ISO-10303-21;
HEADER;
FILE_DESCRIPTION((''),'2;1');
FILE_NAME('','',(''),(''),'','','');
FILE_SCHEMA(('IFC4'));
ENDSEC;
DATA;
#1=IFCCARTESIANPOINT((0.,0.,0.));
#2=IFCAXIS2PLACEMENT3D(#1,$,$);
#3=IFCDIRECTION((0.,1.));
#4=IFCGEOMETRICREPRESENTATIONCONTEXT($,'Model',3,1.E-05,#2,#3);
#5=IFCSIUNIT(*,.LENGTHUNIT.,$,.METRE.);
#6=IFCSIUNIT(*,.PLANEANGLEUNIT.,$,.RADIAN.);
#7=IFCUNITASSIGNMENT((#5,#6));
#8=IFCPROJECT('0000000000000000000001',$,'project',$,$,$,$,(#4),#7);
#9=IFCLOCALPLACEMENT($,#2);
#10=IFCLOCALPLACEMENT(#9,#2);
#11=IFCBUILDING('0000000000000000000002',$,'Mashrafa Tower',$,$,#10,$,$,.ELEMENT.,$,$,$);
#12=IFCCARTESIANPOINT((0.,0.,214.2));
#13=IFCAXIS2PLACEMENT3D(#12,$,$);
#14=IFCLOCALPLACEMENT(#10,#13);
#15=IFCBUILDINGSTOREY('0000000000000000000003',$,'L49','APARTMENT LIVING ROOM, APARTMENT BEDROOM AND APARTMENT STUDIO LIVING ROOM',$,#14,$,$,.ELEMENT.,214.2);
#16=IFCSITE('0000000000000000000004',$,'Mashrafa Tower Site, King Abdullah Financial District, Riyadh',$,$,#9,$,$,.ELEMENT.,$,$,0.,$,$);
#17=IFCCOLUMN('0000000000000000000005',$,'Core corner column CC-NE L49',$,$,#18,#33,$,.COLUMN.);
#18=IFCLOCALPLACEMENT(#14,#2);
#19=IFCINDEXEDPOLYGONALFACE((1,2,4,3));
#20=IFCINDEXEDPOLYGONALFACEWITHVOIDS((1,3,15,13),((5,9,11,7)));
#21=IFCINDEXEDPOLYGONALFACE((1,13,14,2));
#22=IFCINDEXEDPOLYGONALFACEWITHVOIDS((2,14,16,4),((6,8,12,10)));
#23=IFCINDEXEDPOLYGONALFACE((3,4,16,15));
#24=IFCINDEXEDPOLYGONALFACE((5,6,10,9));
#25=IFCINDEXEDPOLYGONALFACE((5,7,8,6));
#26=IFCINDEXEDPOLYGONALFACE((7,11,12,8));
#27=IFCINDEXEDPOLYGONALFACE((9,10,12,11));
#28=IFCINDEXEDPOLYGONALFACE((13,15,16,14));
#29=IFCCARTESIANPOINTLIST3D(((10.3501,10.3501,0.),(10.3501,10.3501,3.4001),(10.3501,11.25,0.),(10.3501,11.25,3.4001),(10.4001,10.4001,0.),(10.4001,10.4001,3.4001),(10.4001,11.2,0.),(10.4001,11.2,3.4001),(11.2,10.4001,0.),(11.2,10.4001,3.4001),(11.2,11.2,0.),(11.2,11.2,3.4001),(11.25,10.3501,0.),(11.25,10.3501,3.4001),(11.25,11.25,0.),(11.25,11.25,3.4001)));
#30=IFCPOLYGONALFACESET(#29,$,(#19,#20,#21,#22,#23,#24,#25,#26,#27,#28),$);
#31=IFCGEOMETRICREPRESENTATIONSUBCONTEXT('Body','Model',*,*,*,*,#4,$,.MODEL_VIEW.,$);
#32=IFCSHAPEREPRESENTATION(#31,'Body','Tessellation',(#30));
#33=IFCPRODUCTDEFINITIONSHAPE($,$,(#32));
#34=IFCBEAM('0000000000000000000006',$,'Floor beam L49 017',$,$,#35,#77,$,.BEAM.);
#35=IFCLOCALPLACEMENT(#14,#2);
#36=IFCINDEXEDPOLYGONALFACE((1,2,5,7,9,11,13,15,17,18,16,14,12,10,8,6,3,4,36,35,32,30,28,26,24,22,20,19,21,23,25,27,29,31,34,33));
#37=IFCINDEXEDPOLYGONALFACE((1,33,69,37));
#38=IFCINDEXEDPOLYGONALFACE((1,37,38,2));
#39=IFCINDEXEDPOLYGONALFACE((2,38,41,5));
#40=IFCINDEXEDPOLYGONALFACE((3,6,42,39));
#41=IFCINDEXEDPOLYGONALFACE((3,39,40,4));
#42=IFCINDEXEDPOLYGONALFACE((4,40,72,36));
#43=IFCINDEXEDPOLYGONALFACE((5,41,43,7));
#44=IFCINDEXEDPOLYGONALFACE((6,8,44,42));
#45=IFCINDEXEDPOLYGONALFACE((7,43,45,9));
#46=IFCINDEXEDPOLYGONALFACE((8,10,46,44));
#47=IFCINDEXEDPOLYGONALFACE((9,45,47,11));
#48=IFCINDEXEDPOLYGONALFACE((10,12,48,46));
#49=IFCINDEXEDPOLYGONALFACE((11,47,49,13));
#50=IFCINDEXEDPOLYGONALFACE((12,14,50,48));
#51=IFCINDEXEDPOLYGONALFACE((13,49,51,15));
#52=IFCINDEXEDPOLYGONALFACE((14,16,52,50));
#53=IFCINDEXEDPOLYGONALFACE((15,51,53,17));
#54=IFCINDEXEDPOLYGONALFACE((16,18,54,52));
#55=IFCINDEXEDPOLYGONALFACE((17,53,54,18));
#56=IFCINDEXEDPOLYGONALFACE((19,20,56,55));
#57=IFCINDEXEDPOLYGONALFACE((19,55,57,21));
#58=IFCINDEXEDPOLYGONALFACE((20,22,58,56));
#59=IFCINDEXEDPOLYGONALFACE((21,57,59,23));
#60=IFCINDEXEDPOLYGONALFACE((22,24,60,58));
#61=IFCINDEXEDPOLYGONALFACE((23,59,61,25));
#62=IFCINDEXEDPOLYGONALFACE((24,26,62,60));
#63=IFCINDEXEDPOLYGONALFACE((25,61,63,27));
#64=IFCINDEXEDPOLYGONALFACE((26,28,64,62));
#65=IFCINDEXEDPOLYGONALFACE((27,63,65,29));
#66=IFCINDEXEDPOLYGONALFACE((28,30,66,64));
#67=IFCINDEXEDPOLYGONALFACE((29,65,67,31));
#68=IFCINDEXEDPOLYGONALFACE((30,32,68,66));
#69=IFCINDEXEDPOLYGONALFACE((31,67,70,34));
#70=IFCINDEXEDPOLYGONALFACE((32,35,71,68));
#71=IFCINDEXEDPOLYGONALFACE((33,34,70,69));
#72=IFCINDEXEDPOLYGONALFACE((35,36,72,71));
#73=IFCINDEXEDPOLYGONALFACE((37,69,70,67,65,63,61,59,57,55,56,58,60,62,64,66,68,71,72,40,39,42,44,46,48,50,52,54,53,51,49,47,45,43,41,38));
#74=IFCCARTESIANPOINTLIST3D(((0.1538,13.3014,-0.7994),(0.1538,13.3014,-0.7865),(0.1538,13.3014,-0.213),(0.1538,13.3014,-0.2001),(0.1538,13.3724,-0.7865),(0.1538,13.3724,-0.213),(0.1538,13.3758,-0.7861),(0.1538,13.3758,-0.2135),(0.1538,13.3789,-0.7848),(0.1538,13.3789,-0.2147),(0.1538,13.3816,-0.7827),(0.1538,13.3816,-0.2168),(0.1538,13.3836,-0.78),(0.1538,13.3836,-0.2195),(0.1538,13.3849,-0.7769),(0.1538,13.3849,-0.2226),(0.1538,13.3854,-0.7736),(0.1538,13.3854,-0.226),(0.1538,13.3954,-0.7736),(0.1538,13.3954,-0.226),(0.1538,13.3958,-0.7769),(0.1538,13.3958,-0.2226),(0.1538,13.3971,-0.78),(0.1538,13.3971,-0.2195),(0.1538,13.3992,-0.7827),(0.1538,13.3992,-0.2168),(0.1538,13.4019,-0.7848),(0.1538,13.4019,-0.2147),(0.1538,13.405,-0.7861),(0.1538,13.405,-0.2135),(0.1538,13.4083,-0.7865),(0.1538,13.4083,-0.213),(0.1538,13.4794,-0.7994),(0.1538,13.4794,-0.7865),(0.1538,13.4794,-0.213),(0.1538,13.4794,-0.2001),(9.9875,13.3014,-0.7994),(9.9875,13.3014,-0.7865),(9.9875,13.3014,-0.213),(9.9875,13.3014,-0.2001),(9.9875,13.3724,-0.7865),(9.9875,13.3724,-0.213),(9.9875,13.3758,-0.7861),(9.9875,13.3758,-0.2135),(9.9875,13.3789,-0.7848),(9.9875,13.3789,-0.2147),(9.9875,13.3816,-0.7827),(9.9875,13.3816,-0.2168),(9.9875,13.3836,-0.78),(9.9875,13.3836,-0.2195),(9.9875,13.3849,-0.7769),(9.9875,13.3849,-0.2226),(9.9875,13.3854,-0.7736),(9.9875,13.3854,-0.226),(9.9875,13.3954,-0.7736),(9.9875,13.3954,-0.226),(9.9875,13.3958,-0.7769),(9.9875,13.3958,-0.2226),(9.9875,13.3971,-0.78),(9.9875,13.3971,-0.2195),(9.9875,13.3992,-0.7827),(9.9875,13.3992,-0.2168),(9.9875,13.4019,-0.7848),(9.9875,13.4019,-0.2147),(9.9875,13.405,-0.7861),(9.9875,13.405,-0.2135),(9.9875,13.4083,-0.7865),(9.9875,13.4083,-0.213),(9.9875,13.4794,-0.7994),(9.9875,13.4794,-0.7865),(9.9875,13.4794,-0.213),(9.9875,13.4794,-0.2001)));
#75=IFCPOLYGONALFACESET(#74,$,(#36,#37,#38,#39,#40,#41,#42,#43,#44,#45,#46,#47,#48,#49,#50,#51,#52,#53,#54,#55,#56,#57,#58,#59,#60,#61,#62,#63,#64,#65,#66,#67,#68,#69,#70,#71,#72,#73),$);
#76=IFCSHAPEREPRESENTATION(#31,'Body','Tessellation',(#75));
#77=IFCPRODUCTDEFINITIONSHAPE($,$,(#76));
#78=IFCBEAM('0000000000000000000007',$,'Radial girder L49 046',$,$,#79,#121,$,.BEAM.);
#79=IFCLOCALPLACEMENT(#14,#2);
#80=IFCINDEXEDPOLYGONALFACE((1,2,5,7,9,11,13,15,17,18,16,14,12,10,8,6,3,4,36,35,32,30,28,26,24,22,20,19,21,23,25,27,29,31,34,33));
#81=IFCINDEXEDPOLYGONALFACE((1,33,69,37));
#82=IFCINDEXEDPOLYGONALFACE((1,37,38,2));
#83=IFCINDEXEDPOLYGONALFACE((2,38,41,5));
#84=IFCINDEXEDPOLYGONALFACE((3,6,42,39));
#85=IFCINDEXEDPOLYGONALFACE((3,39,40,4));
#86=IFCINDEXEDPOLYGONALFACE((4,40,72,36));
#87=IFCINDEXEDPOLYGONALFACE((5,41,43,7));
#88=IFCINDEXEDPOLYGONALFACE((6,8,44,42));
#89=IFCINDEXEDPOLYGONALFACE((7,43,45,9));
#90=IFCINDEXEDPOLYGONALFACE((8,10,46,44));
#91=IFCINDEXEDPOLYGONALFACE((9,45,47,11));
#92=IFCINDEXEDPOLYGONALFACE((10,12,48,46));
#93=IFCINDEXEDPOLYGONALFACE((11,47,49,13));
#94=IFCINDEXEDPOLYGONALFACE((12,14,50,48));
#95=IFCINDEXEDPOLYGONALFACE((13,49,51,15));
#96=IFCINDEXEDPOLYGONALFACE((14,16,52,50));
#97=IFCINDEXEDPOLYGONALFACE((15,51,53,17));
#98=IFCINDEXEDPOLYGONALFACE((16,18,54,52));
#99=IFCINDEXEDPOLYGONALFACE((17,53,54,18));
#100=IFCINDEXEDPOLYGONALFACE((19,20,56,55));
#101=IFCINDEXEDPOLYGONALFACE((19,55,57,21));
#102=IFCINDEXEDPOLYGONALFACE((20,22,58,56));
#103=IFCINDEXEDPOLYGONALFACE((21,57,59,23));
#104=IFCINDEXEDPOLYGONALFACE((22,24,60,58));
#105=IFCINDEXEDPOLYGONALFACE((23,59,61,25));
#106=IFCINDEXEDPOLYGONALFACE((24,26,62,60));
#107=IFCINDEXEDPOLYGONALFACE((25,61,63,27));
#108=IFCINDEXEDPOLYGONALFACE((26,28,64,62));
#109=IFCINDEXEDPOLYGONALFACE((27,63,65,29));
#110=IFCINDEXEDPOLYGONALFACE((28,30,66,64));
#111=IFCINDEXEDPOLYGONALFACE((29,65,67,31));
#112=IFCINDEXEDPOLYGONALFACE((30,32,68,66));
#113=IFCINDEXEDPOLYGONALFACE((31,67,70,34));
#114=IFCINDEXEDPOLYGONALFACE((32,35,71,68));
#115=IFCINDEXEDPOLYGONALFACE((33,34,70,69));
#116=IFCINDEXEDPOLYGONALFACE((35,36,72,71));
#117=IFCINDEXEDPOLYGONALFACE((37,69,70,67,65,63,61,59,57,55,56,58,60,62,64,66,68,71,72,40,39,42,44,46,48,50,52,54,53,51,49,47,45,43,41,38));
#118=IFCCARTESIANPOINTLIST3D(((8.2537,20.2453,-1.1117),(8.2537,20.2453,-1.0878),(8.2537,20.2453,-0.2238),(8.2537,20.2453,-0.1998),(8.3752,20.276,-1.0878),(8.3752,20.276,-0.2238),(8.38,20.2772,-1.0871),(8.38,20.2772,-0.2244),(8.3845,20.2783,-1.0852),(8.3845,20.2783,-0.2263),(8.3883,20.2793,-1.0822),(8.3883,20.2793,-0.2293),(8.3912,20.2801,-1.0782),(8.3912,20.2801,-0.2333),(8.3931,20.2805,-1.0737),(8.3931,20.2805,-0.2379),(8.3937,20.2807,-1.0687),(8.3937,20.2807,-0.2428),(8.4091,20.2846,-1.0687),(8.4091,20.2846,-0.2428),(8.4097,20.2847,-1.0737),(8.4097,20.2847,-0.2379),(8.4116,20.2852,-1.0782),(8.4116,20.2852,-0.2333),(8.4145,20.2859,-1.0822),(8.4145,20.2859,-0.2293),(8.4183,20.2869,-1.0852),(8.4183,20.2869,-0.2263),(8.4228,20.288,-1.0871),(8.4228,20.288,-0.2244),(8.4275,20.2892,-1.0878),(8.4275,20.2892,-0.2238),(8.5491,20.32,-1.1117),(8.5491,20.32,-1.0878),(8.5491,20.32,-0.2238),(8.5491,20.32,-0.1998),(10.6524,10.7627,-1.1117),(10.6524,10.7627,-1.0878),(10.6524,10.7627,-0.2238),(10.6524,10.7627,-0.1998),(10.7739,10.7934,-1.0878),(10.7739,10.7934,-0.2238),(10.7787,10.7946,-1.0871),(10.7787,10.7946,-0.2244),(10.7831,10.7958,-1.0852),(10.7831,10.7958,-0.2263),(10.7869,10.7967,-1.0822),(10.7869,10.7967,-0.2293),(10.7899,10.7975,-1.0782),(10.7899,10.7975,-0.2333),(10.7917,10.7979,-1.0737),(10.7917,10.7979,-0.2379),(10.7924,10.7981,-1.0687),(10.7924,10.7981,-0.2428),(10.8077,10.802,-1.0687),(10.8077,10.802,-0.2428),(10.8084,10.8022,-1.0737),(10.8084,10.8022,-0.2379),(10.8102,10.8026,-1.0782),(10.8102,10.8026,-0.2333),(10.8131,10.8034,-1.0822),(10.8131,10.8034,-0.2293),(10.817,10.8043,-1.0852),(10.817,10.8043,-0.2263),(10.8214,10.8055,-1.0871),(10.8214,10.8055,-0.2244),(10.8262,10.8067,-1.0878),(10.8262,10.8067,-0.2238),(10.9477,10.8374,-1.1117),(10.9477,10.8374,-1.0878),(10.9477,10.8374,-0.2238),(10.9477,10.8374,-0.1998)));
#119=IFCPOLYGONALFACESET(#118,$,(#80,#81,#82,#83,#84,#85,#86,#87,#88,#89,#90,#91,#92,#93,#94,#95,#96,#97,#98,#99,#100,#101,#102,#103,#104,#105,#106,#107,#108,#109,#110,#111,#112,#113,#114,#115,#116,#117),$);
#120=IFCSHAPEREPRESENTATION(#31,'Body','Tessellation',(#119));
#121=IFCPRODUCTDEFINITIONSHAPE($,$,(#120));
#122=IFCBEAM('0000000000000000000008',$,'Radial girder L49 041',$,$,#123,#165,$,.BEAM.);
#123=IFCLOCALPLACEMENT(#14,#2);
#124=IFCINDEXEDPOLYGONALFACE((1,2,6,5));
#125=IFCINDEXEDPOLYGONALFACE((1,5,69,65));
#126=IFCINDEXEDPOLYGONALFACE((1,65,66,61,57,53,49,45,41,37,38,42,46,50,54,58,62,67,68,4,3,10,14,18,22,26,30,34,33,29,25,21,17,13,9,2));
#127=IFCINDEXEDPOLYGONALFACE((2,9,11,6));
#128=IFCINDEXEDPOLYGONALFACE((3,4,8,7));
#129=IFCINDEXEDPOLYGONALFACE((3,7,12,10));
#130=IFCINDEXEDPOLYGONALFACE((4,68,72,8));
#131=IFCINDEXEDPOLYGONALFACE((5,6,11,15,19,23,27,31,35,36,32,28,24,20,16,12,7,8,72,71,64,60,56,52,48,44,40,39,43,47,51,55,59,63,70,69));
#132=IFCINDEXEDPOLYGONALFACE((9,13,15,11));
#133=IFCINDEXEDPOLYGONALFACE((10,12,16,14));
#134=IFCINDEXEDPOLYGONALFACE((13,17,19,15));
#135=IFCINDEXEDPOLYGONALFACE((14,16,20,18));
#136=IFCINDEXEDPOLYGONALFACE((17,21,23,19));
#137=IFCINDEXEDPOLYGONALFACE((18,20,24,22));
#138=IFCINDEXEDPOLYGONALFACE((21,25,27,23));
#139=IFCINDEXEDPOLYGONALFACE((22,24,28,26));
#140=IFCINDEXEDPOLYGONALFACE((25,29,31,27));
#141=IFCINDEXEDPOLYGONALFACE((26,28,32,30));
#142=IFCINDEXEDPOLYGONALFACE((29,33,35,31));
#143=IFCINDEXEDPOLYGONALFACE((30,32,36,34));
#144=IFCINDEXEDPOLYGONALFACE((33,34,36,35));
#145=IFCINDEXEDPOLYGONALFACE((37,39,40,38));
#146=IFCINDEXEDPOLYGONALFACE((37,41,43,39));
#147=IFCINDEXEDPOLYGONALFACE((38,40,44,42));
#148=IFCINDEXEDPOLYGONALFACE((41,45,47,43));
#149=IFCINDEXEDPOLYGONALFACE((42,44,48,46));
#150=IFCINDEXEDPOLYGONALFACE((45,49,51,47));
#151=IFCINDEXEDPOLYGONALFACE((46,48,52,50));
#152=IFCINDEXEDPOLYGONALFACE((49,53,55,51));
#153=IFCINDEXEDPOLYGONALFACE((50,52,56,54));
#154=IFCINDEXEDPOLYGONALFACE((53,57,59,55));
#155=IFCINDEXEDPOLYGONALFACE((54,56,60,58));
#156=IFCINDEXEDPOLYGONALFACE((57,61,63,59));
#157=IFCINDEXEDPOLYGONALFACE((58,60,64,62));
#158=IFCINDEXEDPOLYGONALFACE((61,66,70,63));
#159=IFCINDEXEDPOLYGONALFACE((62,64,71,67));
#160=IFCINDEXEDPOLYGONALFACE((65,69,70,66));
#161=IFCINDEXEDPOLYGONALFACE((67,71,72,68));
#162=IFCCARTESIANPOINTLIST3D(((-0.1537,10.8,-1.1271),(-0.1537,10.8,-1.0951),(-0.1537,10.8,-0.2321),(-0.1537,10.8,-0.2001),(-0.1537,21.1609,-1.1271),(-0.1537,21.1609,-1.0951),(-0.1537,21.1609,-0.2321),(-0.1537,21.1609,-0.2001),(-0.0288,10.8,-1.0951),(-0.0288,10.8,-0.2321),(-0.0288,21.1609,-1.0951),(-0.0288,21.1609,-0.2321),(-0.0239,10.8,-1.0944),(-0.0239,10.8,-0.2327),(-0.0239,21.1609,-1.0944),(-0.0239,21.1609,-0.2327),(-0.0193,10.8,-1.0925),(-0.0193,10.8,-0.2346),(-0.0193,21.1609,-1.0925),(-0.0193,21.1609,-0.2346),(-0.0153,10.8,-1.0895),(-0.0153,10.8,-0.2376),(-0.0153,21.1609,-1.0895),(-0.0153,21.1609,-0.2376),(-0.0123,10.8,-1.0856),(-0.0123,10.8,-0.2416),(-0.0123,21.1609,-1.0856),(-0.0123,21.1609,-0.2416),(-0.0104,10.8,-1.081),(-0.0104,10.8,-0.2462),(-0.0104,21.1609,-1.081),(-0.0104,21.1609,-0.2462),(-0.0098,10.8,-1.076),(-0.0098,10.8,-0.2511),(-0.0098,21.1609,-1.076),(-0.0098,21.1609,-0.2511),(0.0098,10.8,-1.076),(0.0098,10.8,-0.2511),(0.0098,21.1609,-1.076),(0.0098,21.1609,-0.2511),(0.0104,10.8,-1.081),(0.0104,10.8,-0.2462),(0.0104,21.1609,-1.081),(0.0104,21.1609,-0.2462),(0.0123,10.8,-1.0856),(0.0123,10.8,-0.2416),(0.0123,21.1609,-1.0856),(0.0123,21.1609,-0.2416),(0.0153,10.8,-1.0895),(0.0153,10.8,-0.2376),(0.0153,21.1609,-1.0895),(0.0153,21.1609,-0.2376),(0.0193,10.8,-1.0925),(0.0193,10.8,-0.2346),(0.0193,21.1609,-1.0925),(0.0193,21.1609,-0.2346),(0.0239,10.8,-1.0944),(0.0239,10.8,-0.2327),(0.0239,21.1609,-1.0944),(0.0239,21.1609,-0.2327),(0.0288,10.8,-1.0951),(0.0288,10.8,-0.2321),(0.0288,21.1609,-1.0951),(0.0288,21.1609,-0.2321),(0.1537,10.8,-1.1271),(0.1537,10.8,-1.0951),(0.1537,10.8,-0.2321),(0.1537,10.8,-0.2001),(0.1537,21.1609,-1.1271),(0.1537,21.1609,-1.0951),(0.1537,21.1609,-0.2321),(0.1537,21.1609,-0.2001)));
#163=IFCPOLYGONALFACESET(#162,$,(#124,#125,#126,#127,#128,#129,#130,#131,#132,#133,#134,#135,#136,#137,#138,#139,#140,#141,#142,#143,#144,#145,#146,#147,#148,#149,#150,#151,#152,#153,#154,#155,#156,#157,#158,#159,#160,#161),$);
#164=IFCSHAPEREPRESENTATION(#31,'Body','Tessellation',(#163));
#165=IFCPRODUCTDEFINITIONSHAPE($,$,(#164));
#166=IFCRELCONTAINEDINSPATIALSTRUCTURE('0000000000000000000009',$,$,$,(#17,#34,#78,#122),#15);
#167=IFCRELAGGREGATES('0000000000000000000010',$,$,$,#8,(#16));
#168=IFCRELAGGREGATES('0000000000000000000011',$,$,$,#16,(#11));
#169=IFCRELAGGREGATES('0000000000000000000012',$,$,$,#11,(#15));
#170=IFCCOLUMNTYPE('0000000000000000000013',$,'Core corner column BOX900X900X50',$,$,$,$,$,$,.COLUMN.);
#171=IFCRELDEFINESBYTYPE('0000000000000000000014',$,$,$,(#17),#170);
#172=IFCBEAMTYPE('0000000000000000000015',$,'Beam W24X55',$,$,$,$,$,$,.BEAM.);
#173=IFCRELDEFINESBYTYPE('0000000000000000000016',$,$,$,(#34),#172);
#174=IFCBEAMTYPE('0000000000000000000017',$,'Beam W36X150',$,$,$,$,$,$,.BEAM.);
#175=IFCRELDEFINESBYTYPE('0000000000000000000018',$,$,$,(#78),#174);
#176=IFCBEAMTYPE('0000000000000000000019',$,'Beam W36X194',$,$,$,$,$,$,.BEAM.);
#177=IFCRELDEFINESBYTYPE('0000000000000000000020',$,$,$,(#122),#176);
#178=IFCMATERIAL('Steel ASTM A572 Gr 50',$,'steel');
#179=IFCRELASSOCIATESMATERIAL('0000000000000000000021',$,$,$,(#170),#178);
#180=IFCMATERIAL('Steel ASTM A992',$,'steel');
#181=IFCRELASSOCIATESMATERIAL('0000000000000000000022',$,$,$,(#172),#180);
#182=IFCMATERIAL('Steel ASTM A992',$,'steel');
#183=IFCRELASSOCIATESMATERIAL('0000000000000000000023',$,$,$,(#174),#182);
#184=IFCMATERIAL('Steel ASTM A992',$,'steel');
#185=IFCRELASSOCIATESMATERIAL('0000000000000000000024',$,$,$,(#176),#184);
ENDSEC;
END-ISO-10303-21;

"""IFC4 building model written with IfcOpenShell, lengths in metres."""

from ifc_helpers import new_model, si_unit, direction, frame, origin, origin_2d, place, context, subcontext, project, spatial, hollow_rectangle, i_section, extrude, material, material_profile, profile_set, type_object, element, save


model = new_model("IFC4")

# Units and contexts
model_context = context("Model", 3, precision=1e-05, world=origin(), true_north=direction((0.0, 1.0)))
body_context = subcontext(model_context, "Body", "Model", "MODEL_VIEW")
ifc_project = project(units=[si_unit("LENGTHUNIT", "METRE"), si_unit("PLANEANGLEUNIT", "RADIAN")], contexts=[model_context])

# Site, building, storey
site_placement = place(None, origin())
site = spatial("IfcSite", under=ifc_project, at=site_placement, Name="Mashrafa Tower Site, King Abdullah Financial District, Riyadh", CompositionType="ELEMENT", RefElevation=0.0)
building_placement = place(site_placement, origin())
building = spatial("IfcBuilding", under=site, at=building_placement, Name="Mashrafa Tower", CompositionType="ELEMENT")
storey_placement = place(building_placement, frame((0.0, 0.0, 214.2)))
storey = spatial("IfcBuildingStorey", under=building, at=storey_placement, Name="L49", Description="APARTMENT LIVING ROOM, APARTMENT BEDROOM AND APARTMENT STUDIO LIVING ROOM", CompositionType="ELEMENT", Elevation=214.2)

# Column
ifc_material_1 = material(Name="Steel ASTM A572 Gr 50", Category="steel")
ifc_material_profile_1 = material_profile(ifc_material_1, hollow_rectangle(XDim=0.8999, YDim=0.8999, WallThickness=0.05, at=origin_2d()), Name="BOX900X900X50")
ifc_profile_set_1 = profile_set([ifc_material_profile_1], Name="Steel ASTM A572 Gr 50")
column_type = type_object("IfcColumnType", Name="Core corner column BOX900X900X50", PredefinedType="COLUMN", material=ifc_profile_set_1)
column_placement = place(storey_placement, frame((10.8, 10.8, 0.0), z_axis=(0.0, 0.0, 1.0), x_axis=(1.0, 0.0, 0.0)))
element("IfcColumn", 1, at=column_placement, inside=storey, type_object=column_type, Name="Core corner column CC-NE L49", PredefinedType="COLUMN", context=body_context, shape_type="SweptSolid", body=[
    extrude(hollow_rectangle(XDim=0.8999, YDim=0.8999, WallThickness=0.05, at=origin_2d()), origin(), (0.0, 0.0, 1.0), 3.4001),
])

# Beams
ifc_material_2 = material(Name="Steel ASTM A992", Category="steel")
ifc_material_profile_2 = material_profile(ifc_material_2, i_section(OverallWidth=0.178, OverallDepth=0.5994, WebThickness=0.01, FlangeThickness=0.0129, FilletRadius=0.0129, at=origin_2d()), Name="W24X55")
ifc_profile_set_2 = profile_set([ifc_material_profile_2], Name="Steel ASTM A992")
beam_type_1 = type_object("IfcBeamType", Name="Beam W24X55", PredefinedType="BEAM", material=ifc_profile_set_2)
beam_1_placement = place(storey_placement, frame((0.1538, 13.3904, -0.4998), z_axis=(1.0, 0.0, 0.0), x_axis=(0.0, 1.0, 0.0)))
element("IfcBeam", 2, at=beam_1_placement, inside=storey, type_object=beam_type_1, Name="Floor beam L49 017", PredefinedType="BEAM", context=body_context, shape_type="SweptSolid", body=[
    extrude(i_section(OverallWidth=0.178, OverallDepth=0.5994, WebThickness=0.01, FlangeThickness=0.0129, FilletRadius=0.0129, at=origin_2d()), origin(), (0.0, 0.0, 1.0), 9.8337),
])
ifc_material_3 = material(Name="Steel ASTM A992", Category="steel")
ifc_material_profile_3 = material_profile(ifc_material_3, i_section(OverallWidth=0.3047, OverallDepth=0.9119, WebThickness=0.0159, FlangeThickness=0.0239, FilletRadius=0.019, at=origin_2d()), Name="W36X150")
ifc_profile_set_3 = profile_set([ifc_material_profile_3], Name="Steel ASTM A992")
beam_type_2 = type_object("IfcBeamType", Name="Beam W36X150", PredefinedType="BEAM", material=ifc_profile_set_3)
beam_2_placement = place(storey_placement, frame((10.8, 10.8, -0.6558), z_axis=(-0.24523, 0.969465, 0.0), x_axis=(-0.969465, -0.24523, 0.0)))
element("IfcBeam", 3, at=beam_2_placement, inside=storey, type_object=beam_type_2, Name="Radial girder L49 046", PredefinedType="BEAM", context=body_context, shape_type="SweptSolid", body=[
    extrude(i_section(OverallWidth=0.3047, OverallDepth=0.9119, WebThickness=0.0159, FlangeThickness=0.0239, FilletRadius=0.019, at=origin_2d()), origin(), (0.0, 0.0, 1.0), 9.7812),
])
ifc_material_4 = material(Name="Steel ASTM A992", Category="steel")
ifc_material_profile_4 = material_profile(ifc_material_4, i_section(OverallWidth=0.3074, OverallDepth=0.927, WebThickness=0.0195, FlangeThickness=0.032, FilletRadius=0.019, at=origin_2d()), Name="W36X194")
ifc_profile_set_4 = profile_set([ifc_material_profile_4], Name="Steel ASTM A992")
beam_type_3 = type_object("IfcBeamType", Name="Beam W36X194", PredefinedType="BEAM", material=ifc_profile_set_4)
for number, where, z_axis, x_axis, name in (
    (4, (0.0, 10.8, -0.6636), (0.0, 1.0, 0.0), (-1.0, 0.0, 0.0), "Radial girder L49 041"),
):
    element("IfcBeam", number, at=place(storey_placement, frame(where, z_axis=z_axis, x_axis=x_axis)), inside=storey, type_object=beam_type_3, Name=name, PredefinedType="BEAM", context=body_context, shape_type="SweptSolid", body=[
        extrude(i_section(OverallWidth=0.3074, OverallDepth=0.927, WebThickness=0.0195, FlangeThickness=0.032, FilletRadius=0.019, at=origin_2d()), origin(), (0.0, 0.0, 1.0), 10.3608),
    ])

save(model, "model.ifc")
